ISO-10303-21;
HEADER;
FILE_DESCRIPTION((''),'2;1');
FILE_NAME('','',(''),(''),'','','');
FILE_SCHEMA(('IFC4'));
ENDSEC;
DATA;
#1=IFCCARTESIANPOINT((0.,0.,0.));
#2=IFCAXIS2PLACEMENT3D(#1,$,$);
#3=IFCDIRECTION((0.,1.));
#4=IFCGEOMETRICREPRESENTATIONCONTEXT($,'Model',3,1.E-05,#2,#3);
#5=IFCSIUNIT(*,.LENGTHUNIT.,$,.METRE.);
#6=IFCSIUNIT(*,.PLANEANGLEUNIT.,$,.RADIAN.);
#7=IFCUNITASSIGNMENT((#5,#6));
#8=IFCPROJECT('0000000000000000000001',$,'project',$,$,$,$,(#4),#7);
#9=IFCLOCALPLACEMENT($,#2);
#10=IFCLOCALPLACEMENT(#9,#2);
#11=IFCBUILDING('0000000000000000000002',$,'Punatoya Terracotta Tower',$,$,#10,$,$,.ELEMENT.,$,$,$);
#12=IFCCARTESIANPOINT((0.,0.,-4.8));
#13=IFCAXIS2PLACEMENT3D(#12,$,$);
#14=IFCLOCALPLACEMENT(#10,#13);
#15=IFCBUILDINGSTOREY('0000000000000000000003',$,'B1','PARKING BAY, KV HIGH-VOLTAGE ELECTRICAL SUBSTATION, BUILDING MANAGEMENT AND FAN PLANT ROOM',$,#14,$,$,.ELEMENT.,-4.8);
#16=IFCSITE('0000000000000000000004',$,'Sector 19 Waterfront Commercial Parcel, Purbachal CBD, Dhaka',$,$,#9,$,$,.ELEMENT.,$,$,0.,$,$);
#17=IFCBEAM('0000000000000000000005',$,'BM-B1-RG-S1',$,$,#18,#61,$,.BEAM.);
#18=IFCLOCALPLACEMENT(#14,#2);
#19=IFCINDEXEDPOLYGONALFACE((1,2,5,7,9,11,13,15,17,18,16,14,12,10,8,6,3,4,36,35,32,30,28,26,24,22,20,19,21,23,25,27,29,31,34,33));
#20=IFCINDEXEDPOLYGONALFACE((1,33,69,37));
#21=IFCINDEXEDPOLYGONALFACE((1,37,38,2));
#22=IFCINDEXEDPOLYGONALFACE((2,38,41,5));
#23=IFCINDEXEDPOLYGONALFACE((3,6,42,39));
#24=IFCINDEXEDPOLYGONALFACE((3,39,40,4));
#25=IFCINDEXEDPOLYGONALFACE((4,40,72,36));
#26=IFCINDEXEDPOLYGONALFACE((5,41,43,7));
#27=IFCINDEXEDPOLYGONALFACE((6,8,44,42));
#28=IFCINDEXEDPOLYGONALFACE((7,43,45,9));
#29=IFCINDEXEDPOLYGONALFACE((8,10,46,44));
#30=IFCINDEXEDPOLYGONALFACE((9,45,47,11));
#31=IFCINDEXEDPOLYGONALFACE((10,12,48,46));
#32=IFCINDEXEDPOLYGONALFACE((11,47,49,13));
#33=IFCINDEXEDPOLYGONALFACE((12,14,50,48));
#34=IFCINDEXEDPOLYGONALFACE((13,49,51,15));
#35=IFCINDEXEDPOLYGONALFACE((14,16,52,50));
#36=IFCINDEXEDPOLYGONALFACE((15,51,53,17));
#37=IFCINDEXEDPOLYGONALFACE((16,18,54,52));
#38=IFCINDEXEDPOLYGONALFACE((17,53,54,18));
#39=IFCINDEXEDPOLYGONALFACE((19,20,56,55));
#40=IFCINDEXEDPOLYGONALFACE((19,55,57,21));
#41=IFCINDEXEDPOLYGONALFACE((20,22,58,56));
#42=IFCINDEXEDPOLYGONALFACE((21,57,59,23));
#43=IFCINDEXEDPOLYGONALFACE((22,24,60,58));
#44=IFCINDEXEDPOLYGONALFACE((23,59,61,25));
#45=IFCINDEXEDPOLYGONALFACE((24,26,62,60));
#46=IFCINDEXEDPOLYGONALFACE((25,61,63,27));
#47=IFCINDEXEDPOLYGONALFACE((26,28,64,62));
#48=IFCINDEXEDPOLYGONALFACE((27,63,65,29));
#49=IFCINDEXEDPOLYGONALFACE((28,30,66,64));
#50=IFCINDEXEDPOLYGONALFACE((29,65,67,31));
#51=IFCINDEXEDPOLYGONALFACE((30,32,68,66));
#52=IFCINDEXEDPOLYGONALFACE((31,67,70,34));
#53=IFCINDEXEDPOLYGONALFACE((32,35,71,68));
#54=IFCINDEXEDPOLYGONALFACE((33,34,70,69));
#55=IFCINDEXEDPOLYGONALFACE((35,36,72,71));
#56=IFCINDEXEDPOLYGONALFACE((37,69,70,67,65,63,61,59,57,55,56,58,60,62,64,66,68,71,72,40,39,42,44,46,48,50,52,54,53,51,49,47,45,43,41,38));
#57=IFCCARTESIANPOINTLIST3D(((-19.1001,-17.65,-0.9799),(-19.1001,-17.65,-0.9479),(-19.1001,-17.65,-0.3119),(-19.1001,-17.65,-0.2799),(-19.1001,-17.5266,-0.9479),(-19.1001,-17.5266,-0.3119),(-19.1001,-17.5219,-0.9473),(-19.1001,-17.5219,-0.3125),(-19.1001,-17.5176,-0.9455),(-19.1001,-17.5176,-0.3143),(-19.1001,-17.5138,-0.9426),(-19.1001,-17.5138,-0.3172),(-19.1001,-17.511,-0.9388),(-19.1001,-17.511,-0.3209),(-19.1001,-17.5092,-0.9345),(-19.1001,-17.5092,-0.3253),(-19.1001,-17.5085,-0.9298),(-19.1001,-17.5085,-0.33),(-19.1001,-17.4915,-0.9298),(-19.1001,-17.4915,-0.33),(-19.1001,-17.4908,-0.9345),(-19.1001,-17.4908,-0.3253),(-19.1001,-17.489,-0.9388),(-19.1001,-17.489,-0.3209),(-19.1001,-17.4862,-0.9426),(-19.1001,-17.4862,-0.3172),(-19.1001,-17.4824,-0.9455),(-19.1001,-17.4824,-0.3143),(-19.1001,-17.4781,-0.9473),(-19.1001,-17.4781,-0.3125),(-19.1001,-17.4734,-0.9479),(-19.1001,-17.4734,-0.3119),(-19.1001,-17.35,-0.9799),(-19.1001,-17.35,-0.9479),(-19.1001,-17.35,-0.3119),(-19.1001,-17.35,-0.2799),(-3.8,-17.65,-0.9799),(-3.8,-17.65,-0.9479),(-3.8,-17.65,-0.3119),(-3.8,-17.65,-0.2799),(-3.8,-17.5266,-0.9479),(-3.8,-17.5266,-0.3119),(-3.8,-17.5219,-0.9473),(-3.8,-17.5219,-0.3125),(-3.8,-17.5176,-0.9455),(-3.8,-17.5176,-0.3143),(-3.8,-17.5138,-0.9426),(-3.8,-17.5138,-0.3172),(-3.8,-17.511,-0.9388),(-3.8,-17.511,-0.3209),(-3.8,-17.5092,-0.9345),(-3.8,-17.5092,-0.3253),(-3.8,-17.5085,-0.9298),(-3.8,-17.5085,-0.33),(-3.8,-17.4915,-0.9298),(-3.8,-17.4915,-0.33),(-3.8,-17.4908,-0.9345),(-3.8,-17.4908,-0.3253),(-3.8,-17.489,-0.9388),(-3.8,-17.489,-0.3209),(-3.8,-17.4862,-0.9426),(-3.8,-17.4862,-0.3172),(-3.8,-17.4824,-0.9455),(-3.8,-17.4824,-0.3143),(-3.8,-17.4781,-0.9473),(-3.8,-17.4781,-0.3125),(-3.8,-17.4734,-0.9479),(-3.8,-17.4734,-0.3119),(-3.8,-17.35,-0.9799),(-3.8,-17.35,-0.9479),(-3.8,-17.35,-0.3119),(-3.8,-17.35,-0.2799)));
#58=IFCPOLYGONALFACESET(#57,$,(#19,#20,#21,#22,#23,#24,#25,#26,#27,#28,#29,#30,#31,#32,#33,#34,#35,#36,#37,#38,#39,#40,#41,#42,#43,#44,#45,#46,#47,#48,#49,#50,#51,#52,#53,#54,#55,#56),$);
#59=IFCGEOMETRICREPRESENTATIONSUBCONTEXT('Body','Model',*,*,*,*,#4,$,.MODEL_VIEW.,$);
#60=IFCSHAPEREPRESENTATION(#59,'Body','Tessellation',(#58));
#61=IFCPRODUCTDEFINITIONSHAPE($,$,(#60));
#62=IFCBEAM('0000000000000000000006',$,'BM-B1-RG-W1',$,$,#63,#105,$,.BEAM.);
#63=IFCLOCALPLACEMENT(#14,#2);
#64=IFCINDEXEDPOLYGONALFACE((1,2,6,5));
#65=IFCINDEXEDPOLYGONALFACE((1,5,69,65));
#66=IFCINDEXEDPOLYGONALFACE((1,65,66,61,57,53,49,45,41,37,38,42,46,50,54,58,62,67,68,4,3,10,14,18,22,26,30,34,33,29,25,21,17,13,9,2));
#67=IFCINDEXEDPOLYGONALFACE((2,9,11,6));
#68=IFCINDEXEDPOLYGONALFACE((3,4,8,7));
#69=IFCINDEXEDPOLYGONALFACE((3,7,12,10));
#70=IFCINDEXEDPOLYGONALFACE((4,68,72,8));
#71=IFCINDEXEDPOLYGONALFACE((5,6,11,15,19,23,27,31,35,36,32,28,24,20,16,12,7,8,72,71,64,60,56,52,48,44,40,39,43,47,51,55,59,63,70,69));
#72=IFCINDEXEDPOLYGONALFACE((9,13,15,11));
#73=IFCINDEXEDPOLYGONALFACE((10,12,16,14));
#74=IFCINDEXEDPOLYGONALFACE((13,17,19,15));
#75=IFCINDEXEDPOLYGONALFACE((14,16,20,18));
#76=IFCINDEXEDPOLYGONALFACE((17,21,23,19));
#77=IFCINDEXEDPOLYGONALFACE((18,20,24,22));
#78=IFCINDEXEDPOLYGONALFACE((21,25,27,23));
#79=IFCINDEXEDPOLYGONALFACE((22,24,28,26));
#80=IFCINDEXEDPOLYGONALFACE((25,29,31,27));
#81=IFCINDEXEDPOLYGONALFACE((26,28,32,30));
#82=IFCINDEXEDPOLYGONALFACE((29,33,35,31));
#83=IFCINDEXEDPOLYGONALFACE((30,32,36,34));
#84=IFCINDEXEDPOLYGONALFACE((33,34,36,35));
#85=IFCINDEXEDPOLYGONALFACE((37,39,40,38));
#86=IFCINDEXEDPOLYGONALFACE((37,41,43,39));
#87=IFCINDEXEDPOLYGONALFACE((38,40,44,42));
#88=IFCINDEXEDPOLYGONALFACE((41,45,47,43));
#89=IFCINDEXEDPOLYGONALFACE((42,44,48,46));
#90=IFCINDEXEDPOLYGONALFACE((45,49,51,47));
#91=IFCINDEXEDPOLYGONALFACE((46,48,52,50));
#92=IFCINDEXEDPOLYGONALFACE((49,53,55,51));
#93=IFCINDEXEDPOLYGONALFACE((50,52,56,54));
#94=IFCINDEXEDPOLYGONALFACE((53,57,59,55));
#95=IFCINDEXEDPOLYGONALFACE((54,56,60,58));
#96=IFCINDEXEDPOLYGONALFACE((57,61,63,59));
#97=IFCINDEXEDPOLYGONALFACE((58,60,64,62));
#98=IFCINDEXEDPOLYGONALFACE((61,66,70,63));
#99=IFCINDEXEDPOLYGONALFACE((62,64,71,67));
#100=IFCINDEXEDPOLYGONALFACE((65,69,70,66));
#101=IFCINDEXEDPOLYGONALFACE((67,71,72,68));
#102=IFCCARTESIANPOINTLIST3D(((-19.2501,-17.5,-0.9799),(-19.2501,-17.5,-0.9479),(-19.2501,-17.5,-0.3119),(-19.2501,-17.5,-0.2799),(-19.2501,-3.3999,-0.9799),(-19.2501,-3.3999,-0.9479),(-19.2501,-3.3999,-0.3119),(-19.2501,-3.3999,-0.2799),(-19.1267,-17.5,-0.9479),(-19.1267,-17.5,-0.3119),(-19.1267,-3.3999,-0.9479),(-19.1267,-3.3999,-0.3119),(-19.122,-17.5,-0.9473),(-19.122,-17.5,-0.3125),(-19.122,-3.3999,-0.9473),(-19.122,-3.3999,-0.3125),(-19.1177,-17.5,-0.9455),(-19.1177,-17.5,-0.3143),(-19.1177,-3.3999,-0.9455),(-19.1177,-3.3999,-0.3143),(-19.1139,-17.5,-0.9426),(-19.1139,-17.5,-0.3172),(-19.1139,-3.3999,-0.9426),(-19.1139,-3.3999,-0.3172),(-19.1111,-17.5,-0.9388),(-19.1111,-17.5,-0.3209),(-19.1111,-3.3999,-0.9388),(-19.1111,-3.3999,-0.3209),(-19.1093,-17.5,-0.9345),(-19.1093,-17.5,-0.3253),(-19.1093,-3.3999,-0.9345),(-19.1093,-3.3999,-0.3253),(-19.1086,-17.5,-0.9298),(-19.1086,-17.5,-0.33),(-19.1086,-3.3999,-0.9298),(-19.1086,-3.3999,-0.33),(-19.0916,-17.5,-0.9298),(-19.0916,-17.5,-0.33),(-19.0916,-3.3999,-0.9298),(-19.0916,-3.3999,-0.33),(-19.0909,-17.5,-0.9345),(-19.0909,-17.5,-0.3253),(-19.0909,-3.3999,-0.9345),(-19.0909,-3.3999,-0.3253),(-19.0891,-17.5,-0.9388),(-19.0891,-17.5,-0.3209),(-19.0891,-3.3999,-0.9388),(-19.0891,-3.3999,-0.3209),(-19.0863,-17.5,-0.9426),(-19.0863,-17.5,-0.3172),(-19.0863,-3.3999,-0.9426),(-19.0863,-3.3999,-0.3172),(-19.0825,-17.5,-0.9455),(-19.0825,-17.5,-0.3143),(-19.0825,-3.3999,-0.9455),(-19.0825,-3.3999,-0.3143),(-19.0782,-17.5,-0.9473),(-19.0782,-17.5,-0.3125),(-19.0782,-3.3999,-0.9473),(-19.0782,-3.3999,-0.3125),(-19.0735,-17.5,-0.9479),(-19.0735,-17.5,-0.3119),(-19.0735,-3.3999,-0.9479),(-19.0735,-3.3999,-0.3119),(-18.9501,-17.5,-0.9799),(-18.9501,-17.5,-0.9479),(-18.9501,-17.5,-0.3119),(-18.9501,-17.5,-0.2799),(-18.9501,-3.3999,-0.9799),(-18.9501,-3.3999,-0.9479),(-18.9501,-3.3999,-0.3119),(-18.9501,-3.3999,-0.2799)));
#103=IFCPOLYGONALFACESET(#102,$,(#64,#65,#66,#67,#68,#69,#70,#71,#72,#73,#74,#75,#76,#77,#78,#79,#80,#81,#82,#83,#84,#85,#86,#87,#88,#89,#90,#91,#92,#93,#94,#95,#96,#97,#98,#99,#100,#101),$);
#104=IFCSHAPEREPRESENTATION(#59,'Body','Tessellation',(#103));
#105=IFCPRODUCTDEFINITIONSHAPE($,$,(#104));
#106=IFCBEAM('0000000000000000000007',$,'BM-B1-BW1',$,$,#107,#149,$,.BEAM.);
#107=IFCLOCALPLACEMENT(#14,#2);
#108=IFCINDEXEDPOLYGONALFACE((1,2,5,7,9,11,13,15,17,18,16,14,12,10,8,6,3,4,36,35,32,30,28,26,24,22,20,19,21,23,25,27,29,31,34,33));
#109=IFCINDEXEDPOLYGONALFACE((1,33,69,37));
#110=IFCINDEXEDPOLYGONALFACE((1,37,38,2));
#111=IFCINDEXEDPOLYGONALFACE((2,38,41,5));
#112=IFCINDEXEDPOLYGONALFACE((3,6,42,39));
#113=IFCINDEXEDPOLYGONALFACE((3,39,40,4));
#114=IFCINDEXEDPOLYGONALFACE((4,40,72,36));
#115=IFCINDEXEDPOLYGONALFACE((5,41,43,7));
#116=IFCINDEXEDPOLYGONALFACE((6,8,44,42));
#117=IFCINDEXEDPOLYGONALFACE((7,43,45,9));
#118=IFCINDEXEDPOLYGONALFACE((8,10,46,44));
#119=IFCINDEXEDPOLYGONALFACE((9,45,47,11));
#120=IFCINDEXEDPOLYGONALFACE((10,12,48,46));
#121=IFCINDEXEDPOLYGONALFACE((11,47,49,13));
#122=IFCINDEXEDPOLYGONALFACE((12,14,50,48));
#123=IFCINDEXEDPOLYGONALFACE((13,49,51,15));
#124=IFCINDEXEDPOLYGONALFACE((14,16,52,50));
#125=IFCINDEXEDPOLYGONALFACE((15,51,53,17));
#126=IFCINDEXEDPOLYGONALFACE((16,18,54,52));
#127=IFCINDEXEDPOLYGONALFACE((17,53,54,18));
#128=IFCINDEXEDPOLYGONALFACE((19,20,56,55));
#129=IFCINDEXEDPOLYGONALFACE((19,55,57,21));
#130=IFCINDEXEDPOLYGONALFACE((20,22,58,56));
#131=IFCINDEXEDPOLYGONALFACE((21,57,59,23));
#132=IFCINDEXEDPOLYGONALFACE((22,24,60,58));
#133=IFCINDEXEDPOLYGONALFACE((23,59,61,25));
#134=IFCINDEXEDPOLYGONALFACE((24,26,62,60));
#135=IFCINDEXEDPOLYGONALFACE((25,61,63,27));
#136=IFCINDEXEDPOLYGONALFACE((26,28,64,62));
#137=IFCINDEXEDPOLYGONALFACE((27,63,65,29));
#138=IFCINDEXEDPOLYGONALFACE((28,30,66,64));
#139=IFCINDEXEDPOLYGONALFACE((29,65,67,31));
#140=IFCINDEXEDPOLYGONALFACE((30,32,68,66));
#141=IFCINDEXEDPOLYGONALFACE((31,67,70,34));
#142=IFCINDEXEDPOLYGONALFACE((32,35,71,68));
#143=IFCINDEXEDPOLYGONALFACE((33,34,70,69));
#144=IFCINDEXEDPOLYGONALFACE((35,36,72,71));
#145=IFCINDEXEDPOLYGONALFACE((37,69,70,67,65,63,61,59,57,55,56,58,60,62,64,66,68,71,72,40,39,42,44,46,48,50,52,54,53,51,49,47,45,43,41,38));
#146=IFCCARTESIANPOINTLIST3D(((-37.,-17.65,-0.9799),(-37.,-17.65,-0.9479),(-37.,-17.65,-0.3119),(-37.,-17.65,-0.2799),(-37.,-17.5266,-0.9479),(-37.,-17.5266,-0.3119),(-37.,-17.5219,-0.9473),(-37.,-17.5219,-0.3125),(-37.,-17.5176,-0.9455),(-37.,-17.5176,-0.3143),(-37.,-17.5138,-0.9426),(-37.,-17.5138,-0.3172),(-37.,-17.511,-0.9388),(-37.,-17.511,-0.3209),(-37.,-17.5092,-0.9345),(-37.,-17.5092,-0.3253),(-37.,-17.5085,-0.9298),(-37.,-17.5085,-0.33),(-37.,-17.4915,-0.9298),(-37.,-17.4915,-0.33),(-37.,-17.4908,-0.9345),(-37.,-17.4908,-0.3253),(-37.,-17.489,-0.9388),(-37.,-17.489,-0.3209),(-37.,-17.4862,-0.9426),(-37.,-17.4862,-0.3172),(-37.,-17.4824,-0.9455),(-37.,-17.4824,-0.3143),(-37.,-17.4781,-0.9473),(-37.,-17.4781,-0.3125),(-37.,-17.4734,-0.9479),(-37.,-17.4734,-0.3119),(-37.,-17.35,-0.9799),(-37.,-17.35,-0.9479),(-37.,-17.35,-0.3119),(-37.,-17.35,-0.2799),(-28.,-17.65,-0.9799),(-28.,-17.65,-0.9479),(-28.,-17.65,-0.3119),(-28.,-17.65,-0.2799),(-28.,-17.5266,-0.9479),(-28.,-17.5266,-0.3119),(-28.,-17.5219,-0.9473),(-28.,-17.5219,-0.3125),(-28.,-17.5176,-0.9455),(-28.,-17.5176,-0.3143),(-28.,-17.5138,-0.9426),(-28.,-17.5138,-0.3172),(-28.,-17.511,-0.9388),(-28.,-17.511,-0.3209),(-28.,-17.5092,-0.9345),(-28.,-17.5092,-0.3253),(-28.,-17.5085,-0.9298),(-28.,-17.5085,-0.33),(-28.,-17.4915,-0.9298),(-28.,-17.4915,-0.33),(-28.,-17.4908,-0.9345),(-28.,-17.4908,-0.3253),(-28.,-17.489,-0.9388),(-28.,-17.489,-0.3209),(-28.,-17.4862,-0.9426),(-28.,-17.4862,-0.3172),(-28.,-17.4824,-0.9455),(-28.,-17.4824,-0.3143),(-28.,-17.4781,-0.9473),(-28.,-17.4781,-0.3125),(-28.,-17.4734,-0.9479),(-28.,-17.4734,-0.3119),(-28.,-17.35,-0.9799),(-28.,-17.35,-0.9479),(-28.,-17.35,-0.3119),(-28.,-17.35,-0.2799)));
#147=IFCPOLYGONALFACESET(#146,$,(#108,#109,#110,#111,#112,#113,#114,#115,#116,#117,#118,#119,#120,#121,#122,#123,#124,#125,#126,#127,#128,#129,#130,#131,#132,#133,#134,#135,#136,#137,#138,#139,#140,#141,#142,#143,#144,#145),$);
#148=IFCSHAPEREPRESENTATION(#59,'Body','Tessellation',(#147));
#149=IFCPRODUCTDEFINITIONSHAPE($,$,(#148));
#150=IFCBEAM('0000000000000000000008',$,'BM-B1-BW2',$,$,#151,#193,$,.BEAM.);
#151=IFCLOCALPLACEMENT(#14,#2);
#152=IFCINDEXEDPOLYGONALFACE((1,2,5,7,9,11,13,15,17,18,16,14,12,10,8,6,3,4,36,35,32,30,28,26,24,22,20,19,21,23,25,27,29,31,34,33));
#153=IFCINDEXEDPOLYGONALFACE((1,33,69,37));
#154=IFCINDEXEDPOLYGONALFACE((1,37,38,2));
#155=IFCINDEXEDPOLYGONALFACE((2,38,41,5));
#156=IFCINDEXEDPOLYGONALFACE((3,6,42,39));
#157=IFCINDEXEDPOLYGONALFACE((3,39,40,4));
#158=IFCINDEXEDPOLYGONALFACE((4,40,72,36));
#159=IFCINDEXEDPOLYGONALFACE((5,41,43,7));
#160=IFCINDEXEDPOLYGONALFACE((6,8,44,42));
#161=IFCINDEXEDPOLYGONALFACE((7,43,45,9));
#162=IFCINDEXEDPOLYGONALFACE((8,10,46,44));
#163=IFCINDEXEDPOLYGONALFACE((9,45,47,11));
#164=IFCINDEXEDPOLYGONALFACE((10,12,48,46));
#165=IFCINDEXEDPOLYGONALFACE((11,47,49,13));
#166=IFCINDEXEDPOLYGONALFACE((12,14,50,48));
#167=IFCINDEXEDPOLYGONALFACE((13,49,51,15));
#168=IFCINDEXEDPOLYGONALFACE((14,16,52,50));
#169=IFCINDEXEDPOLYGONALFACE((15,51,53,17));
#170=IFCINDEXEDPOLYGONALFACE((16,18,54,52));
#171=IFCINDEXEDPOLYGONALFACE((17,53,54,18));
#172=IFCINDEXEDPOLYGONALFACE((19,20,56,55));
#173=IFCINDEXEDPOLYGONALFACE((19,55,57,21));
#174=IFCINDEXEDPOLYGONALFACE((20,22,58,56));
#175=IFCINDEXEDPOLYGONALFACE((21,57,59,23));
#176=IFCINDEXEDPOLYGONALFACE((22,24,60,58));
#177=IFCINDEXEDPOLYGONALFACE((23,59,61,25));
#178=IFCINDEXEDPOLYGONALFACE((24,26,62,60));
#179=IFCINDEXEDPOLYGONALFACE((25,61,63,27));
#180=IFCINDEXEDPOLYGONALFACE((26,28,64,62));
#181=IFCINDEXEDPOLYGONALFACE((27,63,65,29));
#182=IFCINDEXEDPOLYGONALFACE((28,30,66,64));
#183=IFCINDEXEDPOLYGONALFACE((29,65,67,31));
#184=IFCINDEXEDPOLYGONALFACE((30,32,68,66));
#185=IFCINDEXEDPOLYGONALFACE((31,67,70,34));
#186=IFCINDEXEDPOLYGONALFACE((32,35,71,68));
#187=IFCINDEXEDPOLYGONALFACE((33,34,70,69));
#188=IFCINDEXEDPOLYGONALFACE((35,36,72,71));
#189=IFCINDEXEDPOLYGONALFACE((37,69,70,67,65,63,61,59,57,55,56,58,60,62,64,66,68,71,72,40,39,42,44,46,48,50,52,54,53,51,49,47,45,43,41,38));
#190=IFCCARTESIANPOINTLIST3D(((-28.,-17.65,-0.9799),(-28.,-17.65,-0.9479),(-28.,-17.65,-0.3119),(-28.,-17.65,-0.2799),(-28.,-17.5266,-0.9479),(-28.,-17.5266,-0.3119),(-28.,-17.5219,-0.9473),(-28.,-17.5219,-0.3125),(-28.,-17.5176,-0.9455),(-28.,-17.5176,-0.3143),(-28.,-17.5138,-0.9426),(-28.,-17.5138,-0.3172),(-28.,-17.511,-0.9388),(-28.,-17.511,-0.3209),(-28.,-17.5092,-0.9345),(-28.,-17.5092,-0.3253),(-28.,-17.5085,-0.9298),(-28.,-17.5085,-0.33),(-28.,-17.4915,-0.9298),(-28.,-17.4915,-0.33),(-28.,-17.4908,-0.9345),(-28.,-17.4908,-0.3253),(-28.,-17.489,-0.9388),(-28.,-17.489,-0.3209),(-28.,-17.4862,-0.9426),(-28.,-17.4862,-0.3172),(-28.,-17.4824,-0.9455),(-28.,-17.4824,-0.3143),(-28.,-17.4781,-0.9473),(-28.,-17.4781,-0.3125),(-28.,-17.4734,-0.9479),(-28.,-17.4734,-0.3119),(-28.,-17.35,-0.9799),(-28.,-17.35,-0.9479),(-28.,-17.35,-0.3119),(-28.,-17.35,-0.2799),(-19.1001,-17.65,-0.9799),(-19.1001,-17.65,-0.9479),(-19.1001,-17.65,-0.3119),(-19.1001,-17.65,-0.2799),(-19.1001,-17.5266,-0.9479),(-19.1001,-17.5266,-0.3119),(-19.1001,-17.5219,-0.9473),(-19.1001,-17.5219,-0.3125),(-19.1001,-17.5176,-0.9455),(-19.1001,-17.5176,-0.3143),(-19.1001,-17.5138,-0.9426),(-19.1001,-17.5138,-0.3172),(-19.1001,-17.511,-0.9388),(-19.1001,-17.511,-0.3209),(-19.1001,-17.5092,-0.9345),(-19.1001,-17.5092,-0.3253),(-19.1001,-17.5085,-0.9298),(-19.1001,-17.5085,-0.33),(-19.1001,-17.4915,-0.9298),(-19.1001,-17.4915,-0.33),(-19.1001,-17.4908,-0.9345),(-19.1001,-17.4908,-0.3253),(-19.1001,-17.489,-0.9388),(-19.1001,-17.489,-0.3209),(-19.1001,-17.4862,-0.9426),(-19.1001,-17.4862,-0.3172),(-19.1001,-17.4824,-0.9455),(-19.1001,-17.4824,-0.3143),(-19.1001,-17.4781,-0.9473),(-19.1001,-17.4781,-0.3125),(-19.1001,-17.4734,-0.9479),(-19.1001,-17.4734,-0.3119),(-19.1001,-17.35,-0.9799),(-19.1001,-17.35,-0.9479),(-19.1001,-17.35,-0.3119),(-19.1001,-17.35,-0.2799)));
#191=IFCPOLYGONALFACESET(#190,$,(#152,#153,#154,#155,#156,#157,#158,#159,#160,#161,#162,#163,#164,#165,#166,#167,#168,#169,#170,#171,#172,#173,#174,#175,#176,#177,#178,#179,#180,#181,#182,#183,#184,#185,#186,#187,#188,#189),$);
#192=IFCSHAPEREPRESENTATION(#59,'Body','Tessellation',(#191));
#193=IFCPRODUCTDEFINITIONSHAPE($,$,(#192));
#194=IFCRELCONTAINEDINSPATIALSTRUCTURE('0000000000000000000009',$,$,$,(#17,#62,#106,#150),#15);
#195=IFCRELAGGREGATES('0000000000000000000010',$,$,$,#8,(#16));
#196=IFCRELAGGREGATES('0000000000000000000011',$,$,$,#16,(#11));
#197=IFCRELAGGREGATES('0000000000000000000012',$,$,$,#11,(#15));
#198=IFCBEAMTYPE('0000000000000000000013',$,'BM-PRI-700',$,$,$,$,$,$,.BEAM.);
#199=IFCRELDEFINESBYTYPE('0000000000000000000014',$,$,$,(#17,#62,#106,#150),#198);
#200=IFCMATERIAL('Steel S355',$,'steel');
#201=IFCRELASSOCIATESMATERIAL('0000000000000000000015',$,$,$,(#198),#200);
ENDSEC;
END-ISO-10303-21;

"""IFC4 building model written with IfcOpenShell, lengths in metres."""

from ifc_helpers import new_model, si_unit, direction, frame, origin, origin_2d, place, context, subcontext, project, spatial, i_section, extrude, material, material_profile, profile_set, type_object, element, save


model = new_model("IFC4")

# Units and contexts
model_context = context("Model", 3, precision=1e-05, world=origin(), true_north=direction((0.0, 1.0)))
body_context = subcontext(model_context, "Body", "Model", "MODEL_VIEW")
ifc_project = project(units=[si_unit("LENGTHUNIT", "METRE"), si_unit("PLANEANGLEUNIT", "RADIAN")], contexts=[model_context])

# Site, building, storey
site_placement = place(None, origin())
site = spatial("IfcSite", under=ifc_project, at=site_placement, Name="Sector 19 Waterfront Commercial Parcel, Purbachal CBD, Dhaka", CompositionType="ELEMENT", RefElevation=0.0)
building_placement = place(site_placement, origin())
building = spatial("IfcBuilding", under=site, at=building_placement, Name="Punatoya Terracotta Tower", CompositionType="ELEMENT")
storey_placement = place(building_placement, frame((0.0, 0.0, -4.8)))
storey = spatial("IfcBuildingStorey", under=building, at=storey_placement, Name="B1", Description="PARKING BAY, KV HIGH-VOLTAGE ELECTRICAL SUBSTATION, BUILDING MANAGEMENT AND FAN PLANT ROOM", CompositionType="ELEMENT", Elevation=-4.8)

# Beams
ifc_material_1 = material(Name="Steel S355", Category="steel")
ifc_material_profile_1 = material_profile(ifc_material_1, i_section(OverallWidth=0.3, OverallDepth=0.7, WebThickness=0.0171, FlangeThickness=0.032, FilletRadius=0.0181, at=origin_2d()))
ifc_profile_set_1 = profile_set([ifc_material_profile_1], Name="Steel S355")
beam_type_1 = type_object("IfcBeamType", Name="BM-PRI-700", PredefinedType="BEAM", material=ifc_profile_set_1)
beam_1_placement = place(storey_placement, frame((-19.1001, -17.5, -0.6299), z_axis=(1.0, 0.0, 0.0), x_axis=(0.0, 1.0, 0.0)))
element("IfcBeam", 1, at=beam_1_placement, inside=storey, type_object=beam_type_1, Name="BM-B1-RG-S1", PredefinedType="BEAM", context=body_context, shape_type="SweptSolid", body=[
    extrude(i_section(OverallWidth=0.3, OverallDepth=0.7, WebThickness=0.0171, FlangeThickness=0.032, FilletRadius=0.0181, at=origin_2d()), origin(), (0.0, 0.0, 1.0), 15.3),
])
beam_2_placement = place(storey_placement, frame((-19.1001, -17.5, -0.6299), z_axis=(0.0, 1.0, 0.0), x_axis=(-1.0, 0.0, 0.0)))
element("IfcBeam", 2, at=beam_2_placement, inside=storey, type_object=beam_type_1, Name="BM-B1-RG-W1", PredefinedType="BEAM", context=body_context, shape_type="SweptSolid", body=[
    extrude(i_section(OverallWidth=0.3, OverallDepth=0.7, WebThickness=0.0171, FlangeThickness=0.032, FilletRadius=0.0181, at=origin_2d()), origin(), (0.0, 0.0, 1.0), 14.1001),
])
beam_3_placement = place(storey_placement, frame((-37.0, -17.5, -0.6299), z_axis=(1.0, 0.0, 0.0), x_axis=(0.0, 1.0, 0.0)))
element("IfcBeam", 3, at=beam_3_placement, inside=storey, type_object=beam_type_1, Name="BM-B1-BW1", PredefinedType="BEAM", context=body_context, shape_type="SweptSolid", body=[
    extrude(i_section(OverallWidth=0.3, OverallDepth=0.7, WebThickness=0.0171, FlangeThickness=0.032, FilletRadius=0.0181, at=origin_2d()), origin(), (0.0, 0.0, 1.0), 9.0),
])
beam_4_placement = place(storey_placement, frame((-28.0, -17.5, -0.6299), z_axis=(1.0, 0.0, 0.0), x_axis=(0.0, 1.0, 0.0)))
element("IfcBeam", 4, at=beam_4_placement, inside=storey, type_object=beam_type_1, Name="BM-B1-BW2", PredefinedType="BEAM", context=body_context, shape_type="SweptSolid", body=[
    extrude(i_section(OverallWidth=0.3, OverallDepth=0.7, WebThickness=0.0171, FlangeThickness=0.032, FilletRadius=0.0181, at=origin_2d()), origin(), (0.0, 0.0, 1.0), 8.8999),
])

save(model, "model.ifc")
